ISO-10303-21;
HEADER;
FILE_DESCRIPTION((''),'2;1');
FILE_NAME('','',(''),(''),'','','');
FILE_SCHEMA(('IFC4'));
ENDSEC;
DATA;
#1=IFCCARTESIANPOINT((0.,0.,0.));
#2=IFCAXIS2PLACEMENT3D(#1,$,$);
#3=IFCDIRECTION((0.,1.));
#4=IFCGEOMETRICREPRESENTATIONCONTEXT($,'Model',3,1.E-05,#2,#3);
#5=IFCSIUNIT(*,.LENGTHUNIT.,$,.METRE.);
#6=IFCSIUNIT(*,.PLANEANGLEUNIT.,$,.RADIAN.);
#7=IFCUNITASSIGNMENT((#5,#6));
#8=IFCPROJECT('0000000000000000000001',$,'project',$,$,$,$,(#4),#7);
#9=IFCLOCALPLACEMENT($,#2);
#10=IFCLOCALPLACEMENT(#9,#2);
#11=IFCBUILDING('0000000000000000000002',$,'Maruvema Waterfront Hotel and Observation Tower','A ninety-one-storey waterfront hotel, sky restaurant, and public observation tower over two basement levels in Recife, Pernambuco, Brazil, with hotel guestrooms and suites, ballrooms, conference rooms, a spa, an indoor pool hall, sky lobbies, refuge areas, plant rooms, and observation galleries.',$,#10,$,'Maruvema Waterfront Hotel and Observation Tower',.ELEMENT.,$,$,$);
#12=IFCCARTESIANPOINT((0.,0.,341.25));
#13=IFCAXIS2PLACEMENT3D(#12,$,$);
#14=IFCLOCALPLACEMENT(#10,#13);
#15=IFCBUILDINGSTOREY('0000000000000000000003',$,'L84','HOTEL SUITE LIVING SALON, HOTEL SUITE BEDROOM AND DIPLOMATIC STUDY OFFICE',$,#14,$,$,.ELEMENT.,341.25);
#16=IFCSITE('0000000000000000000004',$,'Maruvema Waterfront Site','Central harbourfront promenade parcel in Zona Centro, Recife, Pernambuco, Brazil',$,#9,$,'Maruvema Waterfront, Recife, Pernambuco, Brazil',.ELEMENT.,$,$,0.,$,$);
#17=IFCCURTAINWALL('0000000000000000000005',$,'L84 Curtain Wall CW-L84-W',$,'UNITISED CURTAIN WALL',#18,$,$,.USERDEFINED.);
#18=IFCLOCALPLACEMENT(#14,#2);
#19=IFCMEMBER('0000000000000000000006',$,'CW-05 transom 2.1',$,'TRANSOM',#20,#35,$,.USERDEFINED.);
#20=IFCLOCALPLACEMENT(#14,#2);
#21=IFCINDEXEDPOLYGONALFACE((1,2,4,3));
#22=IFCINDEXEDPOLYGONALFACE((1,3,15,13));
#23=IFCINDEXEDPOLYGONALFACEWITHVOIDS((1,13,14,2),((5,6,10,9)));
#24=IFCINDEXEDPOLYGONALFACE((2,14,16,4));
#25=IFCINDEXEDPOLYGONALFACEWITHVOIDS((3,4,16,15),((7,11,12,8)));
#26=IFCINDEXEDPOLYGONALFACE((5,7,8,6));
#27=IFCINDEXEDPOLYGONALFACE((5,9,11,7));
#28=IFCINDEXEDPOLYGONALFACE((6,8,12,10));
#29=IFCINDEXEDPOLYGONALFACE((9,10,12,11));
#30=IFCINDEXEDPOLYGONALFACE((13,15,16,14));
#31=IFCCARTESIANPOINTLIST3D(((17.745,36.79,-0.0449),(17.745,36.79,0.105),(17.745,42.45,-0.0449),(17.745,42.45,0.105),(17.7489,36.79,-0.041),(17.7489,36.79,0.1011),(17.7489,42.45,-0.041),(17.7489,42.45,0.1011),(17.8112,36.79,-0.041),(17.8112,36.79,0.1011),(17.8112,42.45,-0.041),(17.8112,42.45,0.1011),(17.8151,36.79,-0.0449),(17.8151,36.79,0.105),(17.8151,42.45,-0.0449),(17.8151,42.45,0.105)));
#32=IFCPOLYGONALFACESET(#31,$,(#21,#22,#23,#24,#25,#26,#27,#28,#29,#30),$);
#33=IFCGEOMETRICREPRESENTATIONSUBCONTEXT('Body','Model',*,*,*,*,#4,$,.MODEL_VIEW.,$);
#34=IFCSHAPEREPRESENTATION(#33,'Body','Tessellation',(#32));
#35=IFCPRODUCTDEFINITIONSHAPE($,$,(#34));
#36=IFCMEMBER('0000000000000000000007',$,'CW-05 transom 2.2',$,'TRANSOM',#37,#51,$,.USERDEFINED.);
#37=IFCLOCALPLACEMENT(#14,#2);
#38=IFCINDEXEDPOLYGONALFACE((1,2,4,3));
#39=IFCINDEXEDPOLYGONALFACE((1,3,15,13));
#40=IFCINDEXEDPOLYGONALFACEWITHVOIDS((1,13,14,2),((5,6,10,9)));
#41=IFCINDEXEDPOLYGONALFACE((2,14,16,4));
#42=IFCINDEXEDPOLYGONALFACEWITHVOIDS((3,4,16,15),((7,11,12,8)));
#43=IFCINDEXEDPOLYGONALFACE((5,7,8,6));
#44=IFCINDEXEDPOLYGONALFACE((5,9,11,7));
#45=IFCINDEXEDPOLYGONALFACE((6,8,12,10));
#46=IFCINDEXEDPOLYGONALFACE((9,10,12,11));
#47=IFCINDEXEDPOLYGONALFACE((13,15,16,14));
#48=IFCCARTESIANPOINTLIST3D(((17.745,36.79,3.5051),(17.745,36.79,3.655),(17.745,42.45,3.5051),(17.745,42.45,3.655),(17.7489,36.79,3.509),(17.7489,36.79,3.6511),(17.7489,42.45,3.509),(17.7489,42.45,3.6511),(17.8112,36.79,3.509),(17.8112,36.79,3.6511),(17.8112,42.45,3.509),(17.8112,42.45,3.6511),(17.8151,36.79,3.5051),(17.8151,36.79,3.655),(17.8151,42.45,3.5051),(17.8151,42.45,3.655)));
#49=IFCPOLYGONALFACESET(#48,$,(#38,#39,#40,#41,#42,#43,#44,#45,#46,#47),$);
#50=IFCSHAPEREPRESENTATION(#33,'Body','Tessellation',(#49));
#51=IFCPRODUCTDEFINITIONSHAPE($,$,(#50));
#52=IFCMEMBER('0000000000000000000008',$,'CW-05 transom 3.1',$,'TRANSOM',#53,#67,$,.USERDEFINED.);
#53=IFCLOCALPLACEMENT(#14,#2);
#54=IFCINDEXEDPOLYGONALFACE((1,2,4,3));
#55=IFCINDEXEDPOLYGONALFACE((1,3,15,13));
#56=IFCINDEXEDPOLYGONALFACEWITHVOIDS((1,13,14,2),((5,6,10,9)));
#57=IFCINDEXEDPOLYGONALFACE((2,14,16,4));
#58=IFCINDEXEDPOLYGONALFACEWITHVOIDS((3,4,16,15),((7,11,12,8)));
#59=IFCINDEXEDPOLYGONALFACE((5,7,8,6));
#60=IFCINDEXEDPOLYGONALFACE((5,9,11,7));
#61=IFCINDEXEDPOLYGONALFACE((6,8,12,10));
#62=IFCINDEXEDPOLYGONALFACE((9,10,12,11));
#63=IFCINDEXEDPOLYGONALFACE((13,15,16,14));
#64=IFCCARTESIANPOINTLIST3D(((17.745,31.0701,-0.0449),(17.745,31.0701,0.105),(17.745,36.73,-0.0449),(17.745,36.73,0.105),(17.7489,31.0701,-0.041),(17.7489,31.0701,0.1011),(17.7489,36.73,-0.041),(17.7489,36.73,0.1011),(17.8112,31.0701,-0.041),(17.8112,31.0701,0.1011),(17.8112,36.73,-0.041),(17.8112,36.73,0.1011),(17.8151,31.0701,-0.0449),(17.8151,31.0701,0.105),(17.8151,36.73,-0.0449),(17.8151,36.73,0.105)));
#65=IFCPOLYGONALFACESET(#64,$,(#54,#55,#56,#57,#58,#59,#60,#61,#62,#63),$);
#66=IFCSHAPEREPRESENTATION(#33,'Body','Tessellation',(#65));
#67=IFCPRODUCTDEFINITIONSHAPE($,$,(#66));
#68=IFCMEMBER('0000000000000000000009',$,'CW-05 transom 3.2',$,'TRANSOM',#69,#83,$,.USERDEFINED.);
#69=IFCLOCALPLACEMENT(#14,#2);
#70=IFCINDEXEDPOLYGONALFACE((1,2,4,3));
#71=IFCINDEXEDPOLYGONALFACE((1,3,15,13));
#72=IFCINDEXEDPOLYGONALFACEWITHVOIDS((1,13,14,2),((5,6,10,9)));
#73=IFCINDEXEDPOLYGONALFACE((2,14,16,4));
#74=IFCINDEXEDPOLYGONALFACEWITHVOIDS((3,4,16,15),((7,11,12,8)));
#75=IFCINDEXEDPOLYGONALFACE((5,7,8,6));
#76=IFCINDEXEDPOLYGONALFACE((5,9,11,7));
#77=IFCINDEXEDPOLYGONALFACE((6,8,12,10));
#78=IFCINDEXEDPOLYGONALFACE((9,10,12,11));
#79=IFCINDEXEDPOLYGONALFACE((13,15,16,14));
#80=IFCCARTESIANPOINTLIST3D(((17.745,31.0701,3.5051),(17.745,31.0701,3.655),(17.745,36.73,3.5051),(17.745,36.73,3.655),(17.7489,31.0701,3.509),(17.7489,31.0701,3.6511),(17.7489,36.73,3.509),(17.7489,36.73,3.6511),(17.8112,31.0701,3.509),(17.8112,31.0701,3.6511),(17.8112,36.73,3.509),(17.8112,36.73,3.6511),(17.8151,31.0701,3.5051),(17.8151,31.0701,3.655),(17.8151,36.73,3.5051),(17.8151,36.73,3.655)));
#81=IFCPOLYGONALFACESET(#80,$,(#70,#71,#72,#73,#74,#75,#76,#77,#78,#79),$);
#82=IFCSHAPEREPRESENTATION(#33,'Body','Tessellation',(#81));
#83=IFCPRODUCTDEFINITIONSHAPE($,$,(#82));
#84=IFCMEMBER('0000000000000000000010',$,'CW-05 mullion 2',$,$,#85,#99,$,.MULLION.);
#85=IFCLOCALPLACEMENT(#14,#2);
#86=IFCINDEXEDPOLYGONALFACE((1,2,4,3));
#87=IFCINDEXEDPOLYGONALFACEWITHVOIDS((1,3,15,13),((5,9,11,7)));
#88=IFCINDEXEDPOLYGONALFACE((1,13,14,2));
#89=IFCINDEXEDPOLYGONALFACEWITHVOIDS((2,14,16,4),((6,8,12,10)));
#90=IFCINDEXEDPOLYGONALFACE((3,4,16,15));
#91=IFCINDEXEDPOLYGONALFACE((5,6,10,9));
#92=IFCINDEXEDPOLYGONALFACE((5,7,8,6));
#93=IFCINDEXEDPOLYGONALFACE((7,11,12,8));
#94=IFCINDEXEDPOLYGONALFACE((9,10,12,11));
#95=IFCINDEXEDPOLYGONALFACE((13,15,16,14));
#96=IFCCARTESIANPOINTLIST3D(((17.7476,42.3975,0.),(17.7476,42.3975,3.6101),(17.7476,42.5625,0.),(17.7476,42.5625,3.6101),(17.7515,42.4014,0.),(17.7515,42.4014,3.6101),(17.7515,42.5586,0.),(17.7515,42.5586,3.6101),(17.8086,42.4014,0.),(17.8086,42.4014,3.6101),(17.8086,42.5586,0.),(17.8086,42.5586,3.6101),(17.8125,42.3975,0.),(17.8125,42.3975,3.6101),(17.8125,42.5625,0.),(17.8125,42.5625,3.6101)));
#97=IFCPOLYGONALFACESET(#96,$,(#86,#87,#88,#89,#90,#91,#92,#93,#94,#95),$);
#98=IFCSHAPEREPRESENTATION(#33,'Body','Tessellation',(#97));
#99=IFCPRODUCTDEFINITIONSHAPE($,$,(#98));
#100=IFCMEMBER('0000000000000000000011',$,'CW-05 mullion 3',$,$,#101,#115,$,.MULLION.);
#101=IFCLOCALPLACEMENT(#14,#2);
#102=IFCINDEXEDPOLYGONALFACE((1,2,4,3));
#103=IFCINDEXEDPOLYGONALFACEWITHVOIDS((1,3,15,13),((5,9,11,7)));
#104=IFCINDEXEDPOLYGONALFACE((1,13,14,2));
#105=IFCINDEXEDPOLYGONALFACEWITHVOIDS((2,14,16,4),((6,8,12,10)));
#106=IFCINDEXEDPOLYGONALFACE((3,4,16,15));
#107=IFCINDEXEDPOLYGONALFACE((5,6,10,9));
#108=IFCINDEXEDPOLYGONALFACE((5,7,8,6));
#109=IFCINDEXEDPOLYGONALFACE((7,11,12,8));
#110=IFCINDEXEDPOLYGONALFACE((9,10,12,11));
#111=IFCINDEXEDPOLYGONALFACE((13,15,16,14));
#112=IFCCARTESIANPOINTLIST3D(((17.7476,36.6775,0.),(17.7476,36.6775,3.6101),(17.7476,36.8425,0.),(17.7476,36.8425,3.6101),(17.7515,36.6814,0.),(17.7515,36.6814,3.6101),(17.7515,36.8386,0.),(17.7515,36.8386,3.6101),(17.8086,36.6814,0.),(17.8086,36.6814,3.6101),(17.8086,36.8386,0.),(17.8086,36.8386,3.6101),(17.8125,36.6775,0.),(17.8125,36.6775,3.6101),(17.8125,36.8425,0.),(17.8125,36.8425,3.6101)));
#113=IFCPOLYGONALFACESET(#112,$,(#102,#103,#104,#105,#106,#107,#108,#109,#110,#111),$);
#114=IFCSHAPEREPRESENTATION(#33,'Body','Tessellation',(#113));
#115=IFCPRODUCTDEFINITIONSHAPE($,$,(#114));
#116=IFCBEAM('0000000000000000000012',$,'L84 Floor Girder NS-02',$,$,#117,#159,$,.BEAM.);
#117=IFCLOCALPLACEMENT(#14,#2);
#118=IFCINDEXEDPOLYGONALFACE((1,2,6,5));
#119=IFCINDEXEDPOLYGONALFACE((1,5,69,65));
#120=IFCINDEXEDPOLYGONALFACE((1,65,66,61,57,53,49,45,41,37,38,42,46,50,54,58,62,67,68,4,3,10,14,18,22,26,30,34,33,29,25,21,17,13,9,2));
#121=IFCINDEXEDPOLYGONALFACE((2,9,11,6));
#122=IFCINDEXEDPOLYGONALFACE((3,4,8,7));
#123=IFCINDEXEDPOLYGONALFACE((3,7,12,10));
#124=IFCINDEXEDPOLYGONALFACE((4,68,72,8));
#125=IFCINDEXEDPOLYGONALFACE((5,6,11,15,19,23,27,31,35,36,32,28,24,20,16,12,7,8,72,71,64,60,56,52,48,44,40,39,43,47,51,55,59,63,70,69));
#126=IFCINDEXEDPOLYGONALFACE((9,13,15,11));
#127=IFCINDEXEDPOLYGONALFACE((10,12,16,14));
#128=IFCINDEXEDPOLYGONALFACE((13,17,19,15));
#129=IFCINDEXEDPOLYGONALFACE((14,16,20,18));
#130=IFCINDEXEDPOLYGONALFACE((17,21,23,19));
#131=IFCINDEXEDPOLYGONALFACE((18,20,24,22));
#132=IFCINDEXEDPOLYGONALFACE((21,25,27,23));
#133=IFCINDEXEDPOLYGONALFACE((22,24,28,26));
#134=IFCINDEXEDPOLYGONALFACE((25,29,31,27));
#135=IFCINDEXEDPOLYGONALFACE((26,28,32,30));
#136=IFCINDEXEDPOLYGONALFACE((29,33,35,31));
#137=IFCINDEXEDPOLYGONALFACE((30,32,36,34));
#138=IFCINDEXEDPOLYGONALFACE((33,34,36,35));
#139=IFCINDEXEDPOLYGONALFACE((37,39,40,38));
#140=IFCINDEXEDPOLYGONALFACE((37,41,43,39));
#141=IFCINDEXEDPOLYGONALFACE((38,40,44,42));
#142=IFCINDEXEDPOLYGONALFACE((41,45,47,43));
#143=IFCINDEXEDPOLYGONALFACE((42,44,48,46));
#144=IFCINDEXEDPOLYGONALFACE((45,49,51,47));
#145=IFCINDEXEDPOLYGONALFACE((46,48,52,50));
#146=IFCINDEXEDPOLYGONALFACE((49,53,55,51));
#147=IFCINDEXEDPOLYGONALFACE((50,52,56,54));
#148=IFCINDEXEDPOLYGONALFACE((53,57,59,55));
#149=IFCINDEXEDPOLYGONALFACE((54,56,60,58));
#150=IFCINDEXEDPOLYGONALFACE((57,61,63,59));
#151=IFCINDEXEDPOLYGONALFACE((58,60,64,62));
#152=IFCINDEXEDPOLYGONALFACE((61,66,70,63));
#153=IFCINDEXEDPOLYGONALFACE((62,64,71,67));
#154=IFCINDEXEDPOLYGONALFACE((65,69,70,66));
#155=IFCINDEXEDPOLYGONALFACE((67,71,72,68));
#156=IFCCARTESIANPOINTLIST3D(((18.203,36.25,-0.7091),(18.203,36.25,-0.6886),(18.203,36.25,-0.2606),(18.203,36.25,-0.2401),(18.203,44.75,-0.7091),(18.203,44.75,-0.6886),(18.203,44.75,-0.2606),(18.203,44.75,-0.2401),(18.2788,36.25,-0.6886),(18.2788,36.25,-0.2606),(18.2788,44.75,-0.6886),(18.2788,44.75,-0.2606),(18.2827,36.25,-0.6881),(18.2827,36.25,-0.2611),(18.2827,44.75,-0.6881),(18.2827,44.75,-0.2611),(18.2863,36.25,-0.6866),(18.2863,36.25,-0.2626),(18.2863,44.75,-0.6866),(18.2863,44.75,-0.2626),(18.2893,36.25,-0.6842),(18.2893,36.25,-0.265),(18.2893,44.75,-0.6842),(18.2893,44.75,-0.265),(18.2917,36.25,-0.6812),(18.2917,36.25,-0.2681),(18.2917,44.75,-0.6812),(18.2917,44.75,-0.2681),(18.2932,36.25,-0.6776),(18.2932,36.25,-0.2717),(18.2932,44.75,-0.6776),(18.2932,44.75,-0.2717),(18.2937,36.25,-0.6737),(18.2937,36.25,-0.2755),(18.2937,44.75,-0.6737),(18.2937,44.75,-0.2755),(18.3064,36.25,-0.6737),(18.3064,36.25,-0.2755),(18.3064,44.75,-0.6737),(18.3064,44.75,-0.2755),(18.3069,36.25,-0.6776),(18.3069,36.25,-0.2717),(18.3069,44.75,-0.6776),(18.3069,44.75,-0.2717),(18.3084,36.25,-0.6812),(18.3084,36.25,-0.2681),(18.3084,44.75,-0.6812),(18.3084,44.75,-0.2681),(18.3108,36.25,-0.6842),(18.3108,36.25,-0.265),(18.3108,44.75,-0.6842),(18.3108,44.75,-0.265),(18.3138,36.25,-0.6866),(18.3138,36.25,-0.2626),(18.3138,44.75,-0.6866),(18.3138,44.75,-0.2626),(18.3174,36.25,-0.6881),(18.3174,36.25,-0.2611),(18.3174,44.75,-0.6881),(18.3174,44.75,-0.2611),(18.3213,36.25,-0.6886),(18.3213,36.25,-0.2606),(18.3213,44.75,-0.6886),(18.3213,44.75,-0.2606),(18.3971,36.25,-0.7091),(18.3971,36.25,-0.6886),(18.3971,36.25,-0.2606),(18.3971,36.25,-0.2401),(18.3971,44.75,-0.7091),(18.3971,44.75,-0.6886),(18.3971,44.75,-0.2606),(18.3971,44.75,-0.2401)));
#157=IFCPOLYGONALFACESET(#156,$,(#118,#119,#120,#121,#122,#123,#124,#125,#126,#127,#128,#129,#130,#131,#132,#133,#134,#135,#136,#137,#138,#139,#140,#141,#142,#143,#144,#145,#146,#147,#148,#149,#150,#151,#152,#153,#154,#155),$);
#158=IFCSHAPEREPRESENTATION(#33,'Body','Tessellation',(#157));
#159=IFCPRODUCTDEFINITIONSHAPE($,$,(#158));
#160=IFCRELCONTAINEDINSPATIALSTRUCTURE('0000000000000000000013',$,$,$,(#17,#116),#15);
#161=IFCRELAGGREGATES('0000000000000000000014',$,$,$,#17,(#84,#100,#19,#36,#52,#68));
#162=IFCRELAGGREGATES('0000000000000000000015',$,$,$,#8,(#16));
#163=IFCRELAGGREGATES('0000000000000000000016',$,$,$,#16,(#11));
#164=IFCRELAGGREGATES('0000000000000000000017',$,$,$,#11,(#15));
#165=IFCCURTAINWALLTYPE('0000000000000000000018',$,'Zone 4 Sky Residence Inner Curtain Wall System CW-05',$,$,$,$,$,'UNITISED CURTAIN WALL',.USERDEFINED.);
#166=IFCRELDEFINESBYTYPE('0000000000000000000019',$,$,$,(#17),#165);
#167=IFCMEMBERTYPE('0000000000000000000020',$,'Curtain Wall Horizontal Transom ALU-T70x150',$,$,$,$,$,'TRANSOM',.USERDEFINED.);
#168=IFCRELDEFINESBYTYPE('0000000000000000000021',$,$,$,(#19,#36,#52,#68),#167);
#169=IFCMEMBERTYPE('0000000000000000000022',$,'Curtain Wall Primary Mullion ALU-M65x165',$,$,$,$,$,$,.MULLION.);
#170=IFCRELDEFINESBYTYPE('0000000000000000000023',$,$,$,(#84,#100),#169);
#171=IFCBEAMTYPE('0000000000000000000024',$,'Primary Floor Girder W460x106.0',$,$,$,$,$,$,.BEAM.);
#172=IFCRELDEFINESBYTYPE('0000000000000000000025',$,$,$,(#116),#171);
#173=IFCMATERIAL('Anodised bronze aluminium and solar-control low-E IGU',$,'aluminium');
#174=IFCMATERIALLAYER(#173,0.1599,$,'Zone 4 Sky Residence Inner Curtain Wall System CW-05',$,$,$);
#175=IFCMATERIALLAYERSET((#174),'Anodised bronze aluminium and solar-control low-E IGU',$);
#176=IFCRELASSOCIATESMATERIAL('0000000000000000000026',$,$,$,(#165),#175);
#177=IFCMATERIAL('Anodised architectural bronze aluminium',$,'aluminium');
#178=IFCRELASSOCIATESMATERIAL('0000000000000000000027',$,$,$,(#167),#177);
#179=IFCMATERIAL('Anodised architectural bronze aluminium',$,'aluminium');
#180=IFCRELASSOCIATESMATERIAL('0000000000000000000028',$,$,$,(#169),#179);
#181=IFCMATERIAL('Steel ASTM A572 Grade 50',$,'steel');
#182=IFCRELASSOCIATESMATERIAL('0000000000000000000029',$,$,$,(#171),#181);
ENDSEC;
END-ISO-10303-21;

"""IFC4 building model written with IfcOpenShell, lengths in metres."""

from ifc_helpers import new_model, si_unit, direction, frame, origin, origin_2d, place, context, subcontext, project, spatial, hollow_rectangle, i_section, extrude, material, layer, layer_set, material_profile, profile_set, type_object, element, aggregate, save


model = new_model("IFC4")

# Units and contexts
model_context = context("Model", 3, precision=1e-05, world=origin(), true_north=direction((0.0, 1.0)))
body_context = subcontext(model_context, "Body", "Model", "MODEL_VIEW")
ifc_project = project(units=[si_unit("LENGTHUNIT", "METRE"), si_unit("PLANEANGLEUNIT", "RADIAN")], contexts=[model_context])

# Site, building, storey
site_placement = place(None, origin())
site = spatial("IfcSite", under=ifc_project, at=site_placement, Name="Maruvema Waterfront Site", Description="Central harbourfront promenade parcel in Zona Centro, Recife, Pernambuco, Brazil", LongName="Maruvema Waterfront, Recife, Pernambuco, Brazil", CompositionType="ELEMENT", RefElevation=0.0)
building_placement = place(site_placement, origin())
building = spatial("IfcBuilding", under=site, at=building_placement, Name="Maruvema Waterfront Hotel and Observation Tower", Description="A ninety-one-storey waterfront hotel, sky restaurant, and public observation tower over two basement levels in Recife, Pernambuco, Brazil, with hotel guestrooms and suites, ballrooms, conference rooms, a spa, an indoor pool hall, sky lobbies, refuge areas, plant rooms, and observation galleries.", LongName="Maruvema Waterfront Hotel and Observation Tower", CompositionType="ELEMENT")
storey_placement = place(building_placement, frame((0.0, 0.0, 341.25)))
storey = spatial("IfcBuildingStorey", under=building, at=storey_placement, Name="L84", Description="HOTEL SUITE LIVING SALON, HOTEL SUITE BEDROOM AND DIPLOMATIC STUDY OFFICE", CompositionType="ELEMENT", Elevation=341.25)

# Curtain wall, members
ifc_material_1 = material(Name="Anodised bronze aluminium and solar-control low-E IGU", Category="aluminium")
ifc_layer_1 = layer(ifc_material_1, 0.1599, Name="Zone 4 Sky Residence Inner Curtain Wall System CW-05")
ifc_layer_set_1 = layer_set([ifc_layer_1], Name="Anodised bronze aluminium and solar-control low-E IGU")
curtain_wall_type = type_object("IfcCurtainWallType", Name="Zone 4 Sky Residence Inner Curtain Wall System CW-05", ElementType="UNITISED CURTAIN WALL", PredefinedType="USERDEFINED", material=ifc_layer_set_1)
curtain_wall_placement = place(storey_placement, origin())
curtain_wall = element("IfcCurtainWall", 1, at=curtain_wall_placement, inside=storey, type_object=curtain_wall_type, Name="L84 Curtain Wall CW-L84-W", ObjectType="UNITISED CURTAIN WALL", PredefinedType="USERDEFINED")
ifc_material_2 = material(Name="Anodised architectural bronze aluminium", Category="aluminium")
ifc_material_profile_1 = material_profile(ifc_material_2, hollow_rectangle(XDim=0.0701, YDim=0.1499, WallThickness=0.0039, at=origin_2d()), Name="ALU-T70x150")
ifc_profile_set_1 = profile_set([ifc_material_profile_1], Name="Anodised architectural bronze aluminium")
member_type_1 = type_object("IfcMemberType", Name="Curtain Wall Horizontal Transom ALU-T70x150", ElementType="TRANSOM", PredefinedType="USERDEFINED", material=ifc_profile_set_1)
member_1_placement = place(storey_placement, frame((17.78, 42.45, 0.03), z_axis=(0.0, -1.0, 0.0), x_axis=(1.0, 0.0, 0.0)))
member_1 = element("IfcMember", 2, at=member_1_placement, type_object=member_type_1, Name="CW-05 transom 2.1", ObjectType="TRANSOM", PredefinedType="USERDEFINED", context=body_context, shape_type="SweptSolid", body=[
    extrude(hollow_rectangle(XDim=0.0701, YDim=0.1499, WallThickness=0.0039, at=origin_2d()), origin(), (0.0, 0.0, 1.0), 5.6599),
])
member_2_placement = place(storey_placement, frame((17.78, 42.45, 3.5801), z_axis=(0.0, -1.0, 0.0), x_axis=(1.0, 0.0, 0.0)))
member_2 = element("IfcMember", 3, at=member_2_placement, type_object=member_type_1, Name="CW-05 transom 2.2", ObjectType="TRANSOM", PredefinedType="USERDEFINED", context=body_context, shape_type="SweptSolid", body=[
    extrude(hollow_rectangle(XDim=0.0701, YDim=0.1499, WallThickness=0.0039, at=origin_2d()), origin(), (0.0, 0.0, 1.0), 5.6599),
])
member_3_placement = place(storey_placement, frame((17.78, 36.73, 0.03), z_axis=(0.0, -1.0, 0.0), x_axis=(1.0, 0.0, 0.0)))
member_3 = element("IfcMember", 4, at=member_3_placement, type_object=member_type_1, Name="CW-05 transom 3.1", ObjectType="TRANSOM", PredefinedType="USERDEFINED", context=body_context, shape_type="SweptSolid", body=[
    extrude(hollow_rectangle(XDim=0.0701, YDim=0.1499, WallThickness=0.0039, at=origin_2d()), origin(), (0.0, 0.0, 1.0), 5.6599),
])
member_4_placement = place(storey_placement, frame((17.78, 36.73, 3.5801), z_axis=(0.0, -1.0, 0.0), x_axis=(1.0, 0.0, 0.0)))
member_4 = element("IfcMember", 5, at=member_4_placement, type_object=member_type_1, Name="CW-05 transom 3.2", ObjectType="TRANSOM", PredefinedType="USERDEFINED", context=body_context, shape_type="SweptSolid", body=[
    extrude(hollow_rectangle(XDim=0.0701, YDim=0.1499, WallThickness=0.0039, at=origin_2d()), origin(), (0.0, 0.0, 1.0), 5.6599),
])
ifc_material_3 = material(Name="Anodised architectural bronze aluminium", Category="aluminium")
ifc_material_profile_2 = material_profile(ifc_material_3, hollow_rectangle(XDim=0.0649, YDim=0.165, WallThickness=0.0039, at=origin_2d()), Name="ALU-M65x165")
ifc_profile_set_2 = profile_set([ifc_material_profile_2], Name="Anodised architectural bronze aluminium")
member_type_2 = type_object("IfcMemberType", Name="Curtain Wall Primary Mullion ALU-M65x165", PredefinedType="MULLION", material=ifc_profile_set_2)
member_5_placement = place(storey_placement, frame((17.78, 42.48, 0.0), z_axis=(0.0, 0.0, 1.0), x_axis=(1.0, 0.0, 0.0)))
member_5 = element("IfcMember", 6, at=member_5_placement, type_object=member_type_2, Name="CW-05 mullion 2", PredefinedType="MULLION", context=body_context, shape_type="SweptSolid", body=[
    extrude(hollow_rectangle(XDim=0.0649, YDim=0.165, WallThickness=0.0039, at=origin_2d()), origin(), (0.0, 0.0, 1.0), 3.6101),
])
member_6_placement = place(storey_placement, frame((17.78, 36.76, 0.0), z_axis=(0.0, 0.0, 1.0), x_axis=(1.0, 0.0, 0.0)))
member_6 = element("IfcMember", 7, at=member_6_placement, type_object=member_type_2, Name="CW-05 mullion 3", PredefinedType="MULLION", context=body_context, shape_type="SweptSolid", body=[
    extrude(hollow_rectangle(XDim=0.0649, YDim=0.165, WallThickness=0.0039, at=origin_2d()), origin(), (0.0, 0.0, 1.0), 3.6101),
])

# Beam
ifc_material_4 = material(Name="Steel ASTM A572 Grade 50", Category="steel")
ifc_material_profile_3 = material_profile(ifc_material_4, i_section(OverallWidth=0.1941, OverallDepth=0.469, WebThickness=0.0127, FlangeThickness=0.0205, FilletRadius=0.0149, at=origin_2d()), Name="W460x106.0")
ifc_profile_set_3 = profile_set([ifc_material_profile_3], Name="Steel ASTM A572 Grade 50")
beam_type_1 = type_object("IfcBeamType", Name="Primary Floor Girder W460x106.0", PredefinedType="BEAM", material=ifc_profile_set_3)
beam_1_placement = place(storey_placement, frame((18.3, 36.25, -0.4746), z_axis=(0.0, 1.0, 0.0), x_axis=(-1.0, 0.0, 0.0)))
element("IfcBeam", 8, at=beam_1_placement, inside=storey, type_object=beam_type_1, Name="L84 Floor Girder NS-02", PredefinedType="BEAM", context=body_context, shape_type="SweptSolid", body=[
    extrude(i_section(OverallWidth=0.1941, OverallDepth=0.469, WebThickness=0.0127, FlangeThickness=0.0205, FilletRadius=0.0149, at=origin_2d()), origin(), (0.0, 0.0, 1.0), 8.5),
])

aggregate(curtain_wall, [member_5, member_6, member_1, member_2, member_3, member_4])

save(model, "model.ifc")
